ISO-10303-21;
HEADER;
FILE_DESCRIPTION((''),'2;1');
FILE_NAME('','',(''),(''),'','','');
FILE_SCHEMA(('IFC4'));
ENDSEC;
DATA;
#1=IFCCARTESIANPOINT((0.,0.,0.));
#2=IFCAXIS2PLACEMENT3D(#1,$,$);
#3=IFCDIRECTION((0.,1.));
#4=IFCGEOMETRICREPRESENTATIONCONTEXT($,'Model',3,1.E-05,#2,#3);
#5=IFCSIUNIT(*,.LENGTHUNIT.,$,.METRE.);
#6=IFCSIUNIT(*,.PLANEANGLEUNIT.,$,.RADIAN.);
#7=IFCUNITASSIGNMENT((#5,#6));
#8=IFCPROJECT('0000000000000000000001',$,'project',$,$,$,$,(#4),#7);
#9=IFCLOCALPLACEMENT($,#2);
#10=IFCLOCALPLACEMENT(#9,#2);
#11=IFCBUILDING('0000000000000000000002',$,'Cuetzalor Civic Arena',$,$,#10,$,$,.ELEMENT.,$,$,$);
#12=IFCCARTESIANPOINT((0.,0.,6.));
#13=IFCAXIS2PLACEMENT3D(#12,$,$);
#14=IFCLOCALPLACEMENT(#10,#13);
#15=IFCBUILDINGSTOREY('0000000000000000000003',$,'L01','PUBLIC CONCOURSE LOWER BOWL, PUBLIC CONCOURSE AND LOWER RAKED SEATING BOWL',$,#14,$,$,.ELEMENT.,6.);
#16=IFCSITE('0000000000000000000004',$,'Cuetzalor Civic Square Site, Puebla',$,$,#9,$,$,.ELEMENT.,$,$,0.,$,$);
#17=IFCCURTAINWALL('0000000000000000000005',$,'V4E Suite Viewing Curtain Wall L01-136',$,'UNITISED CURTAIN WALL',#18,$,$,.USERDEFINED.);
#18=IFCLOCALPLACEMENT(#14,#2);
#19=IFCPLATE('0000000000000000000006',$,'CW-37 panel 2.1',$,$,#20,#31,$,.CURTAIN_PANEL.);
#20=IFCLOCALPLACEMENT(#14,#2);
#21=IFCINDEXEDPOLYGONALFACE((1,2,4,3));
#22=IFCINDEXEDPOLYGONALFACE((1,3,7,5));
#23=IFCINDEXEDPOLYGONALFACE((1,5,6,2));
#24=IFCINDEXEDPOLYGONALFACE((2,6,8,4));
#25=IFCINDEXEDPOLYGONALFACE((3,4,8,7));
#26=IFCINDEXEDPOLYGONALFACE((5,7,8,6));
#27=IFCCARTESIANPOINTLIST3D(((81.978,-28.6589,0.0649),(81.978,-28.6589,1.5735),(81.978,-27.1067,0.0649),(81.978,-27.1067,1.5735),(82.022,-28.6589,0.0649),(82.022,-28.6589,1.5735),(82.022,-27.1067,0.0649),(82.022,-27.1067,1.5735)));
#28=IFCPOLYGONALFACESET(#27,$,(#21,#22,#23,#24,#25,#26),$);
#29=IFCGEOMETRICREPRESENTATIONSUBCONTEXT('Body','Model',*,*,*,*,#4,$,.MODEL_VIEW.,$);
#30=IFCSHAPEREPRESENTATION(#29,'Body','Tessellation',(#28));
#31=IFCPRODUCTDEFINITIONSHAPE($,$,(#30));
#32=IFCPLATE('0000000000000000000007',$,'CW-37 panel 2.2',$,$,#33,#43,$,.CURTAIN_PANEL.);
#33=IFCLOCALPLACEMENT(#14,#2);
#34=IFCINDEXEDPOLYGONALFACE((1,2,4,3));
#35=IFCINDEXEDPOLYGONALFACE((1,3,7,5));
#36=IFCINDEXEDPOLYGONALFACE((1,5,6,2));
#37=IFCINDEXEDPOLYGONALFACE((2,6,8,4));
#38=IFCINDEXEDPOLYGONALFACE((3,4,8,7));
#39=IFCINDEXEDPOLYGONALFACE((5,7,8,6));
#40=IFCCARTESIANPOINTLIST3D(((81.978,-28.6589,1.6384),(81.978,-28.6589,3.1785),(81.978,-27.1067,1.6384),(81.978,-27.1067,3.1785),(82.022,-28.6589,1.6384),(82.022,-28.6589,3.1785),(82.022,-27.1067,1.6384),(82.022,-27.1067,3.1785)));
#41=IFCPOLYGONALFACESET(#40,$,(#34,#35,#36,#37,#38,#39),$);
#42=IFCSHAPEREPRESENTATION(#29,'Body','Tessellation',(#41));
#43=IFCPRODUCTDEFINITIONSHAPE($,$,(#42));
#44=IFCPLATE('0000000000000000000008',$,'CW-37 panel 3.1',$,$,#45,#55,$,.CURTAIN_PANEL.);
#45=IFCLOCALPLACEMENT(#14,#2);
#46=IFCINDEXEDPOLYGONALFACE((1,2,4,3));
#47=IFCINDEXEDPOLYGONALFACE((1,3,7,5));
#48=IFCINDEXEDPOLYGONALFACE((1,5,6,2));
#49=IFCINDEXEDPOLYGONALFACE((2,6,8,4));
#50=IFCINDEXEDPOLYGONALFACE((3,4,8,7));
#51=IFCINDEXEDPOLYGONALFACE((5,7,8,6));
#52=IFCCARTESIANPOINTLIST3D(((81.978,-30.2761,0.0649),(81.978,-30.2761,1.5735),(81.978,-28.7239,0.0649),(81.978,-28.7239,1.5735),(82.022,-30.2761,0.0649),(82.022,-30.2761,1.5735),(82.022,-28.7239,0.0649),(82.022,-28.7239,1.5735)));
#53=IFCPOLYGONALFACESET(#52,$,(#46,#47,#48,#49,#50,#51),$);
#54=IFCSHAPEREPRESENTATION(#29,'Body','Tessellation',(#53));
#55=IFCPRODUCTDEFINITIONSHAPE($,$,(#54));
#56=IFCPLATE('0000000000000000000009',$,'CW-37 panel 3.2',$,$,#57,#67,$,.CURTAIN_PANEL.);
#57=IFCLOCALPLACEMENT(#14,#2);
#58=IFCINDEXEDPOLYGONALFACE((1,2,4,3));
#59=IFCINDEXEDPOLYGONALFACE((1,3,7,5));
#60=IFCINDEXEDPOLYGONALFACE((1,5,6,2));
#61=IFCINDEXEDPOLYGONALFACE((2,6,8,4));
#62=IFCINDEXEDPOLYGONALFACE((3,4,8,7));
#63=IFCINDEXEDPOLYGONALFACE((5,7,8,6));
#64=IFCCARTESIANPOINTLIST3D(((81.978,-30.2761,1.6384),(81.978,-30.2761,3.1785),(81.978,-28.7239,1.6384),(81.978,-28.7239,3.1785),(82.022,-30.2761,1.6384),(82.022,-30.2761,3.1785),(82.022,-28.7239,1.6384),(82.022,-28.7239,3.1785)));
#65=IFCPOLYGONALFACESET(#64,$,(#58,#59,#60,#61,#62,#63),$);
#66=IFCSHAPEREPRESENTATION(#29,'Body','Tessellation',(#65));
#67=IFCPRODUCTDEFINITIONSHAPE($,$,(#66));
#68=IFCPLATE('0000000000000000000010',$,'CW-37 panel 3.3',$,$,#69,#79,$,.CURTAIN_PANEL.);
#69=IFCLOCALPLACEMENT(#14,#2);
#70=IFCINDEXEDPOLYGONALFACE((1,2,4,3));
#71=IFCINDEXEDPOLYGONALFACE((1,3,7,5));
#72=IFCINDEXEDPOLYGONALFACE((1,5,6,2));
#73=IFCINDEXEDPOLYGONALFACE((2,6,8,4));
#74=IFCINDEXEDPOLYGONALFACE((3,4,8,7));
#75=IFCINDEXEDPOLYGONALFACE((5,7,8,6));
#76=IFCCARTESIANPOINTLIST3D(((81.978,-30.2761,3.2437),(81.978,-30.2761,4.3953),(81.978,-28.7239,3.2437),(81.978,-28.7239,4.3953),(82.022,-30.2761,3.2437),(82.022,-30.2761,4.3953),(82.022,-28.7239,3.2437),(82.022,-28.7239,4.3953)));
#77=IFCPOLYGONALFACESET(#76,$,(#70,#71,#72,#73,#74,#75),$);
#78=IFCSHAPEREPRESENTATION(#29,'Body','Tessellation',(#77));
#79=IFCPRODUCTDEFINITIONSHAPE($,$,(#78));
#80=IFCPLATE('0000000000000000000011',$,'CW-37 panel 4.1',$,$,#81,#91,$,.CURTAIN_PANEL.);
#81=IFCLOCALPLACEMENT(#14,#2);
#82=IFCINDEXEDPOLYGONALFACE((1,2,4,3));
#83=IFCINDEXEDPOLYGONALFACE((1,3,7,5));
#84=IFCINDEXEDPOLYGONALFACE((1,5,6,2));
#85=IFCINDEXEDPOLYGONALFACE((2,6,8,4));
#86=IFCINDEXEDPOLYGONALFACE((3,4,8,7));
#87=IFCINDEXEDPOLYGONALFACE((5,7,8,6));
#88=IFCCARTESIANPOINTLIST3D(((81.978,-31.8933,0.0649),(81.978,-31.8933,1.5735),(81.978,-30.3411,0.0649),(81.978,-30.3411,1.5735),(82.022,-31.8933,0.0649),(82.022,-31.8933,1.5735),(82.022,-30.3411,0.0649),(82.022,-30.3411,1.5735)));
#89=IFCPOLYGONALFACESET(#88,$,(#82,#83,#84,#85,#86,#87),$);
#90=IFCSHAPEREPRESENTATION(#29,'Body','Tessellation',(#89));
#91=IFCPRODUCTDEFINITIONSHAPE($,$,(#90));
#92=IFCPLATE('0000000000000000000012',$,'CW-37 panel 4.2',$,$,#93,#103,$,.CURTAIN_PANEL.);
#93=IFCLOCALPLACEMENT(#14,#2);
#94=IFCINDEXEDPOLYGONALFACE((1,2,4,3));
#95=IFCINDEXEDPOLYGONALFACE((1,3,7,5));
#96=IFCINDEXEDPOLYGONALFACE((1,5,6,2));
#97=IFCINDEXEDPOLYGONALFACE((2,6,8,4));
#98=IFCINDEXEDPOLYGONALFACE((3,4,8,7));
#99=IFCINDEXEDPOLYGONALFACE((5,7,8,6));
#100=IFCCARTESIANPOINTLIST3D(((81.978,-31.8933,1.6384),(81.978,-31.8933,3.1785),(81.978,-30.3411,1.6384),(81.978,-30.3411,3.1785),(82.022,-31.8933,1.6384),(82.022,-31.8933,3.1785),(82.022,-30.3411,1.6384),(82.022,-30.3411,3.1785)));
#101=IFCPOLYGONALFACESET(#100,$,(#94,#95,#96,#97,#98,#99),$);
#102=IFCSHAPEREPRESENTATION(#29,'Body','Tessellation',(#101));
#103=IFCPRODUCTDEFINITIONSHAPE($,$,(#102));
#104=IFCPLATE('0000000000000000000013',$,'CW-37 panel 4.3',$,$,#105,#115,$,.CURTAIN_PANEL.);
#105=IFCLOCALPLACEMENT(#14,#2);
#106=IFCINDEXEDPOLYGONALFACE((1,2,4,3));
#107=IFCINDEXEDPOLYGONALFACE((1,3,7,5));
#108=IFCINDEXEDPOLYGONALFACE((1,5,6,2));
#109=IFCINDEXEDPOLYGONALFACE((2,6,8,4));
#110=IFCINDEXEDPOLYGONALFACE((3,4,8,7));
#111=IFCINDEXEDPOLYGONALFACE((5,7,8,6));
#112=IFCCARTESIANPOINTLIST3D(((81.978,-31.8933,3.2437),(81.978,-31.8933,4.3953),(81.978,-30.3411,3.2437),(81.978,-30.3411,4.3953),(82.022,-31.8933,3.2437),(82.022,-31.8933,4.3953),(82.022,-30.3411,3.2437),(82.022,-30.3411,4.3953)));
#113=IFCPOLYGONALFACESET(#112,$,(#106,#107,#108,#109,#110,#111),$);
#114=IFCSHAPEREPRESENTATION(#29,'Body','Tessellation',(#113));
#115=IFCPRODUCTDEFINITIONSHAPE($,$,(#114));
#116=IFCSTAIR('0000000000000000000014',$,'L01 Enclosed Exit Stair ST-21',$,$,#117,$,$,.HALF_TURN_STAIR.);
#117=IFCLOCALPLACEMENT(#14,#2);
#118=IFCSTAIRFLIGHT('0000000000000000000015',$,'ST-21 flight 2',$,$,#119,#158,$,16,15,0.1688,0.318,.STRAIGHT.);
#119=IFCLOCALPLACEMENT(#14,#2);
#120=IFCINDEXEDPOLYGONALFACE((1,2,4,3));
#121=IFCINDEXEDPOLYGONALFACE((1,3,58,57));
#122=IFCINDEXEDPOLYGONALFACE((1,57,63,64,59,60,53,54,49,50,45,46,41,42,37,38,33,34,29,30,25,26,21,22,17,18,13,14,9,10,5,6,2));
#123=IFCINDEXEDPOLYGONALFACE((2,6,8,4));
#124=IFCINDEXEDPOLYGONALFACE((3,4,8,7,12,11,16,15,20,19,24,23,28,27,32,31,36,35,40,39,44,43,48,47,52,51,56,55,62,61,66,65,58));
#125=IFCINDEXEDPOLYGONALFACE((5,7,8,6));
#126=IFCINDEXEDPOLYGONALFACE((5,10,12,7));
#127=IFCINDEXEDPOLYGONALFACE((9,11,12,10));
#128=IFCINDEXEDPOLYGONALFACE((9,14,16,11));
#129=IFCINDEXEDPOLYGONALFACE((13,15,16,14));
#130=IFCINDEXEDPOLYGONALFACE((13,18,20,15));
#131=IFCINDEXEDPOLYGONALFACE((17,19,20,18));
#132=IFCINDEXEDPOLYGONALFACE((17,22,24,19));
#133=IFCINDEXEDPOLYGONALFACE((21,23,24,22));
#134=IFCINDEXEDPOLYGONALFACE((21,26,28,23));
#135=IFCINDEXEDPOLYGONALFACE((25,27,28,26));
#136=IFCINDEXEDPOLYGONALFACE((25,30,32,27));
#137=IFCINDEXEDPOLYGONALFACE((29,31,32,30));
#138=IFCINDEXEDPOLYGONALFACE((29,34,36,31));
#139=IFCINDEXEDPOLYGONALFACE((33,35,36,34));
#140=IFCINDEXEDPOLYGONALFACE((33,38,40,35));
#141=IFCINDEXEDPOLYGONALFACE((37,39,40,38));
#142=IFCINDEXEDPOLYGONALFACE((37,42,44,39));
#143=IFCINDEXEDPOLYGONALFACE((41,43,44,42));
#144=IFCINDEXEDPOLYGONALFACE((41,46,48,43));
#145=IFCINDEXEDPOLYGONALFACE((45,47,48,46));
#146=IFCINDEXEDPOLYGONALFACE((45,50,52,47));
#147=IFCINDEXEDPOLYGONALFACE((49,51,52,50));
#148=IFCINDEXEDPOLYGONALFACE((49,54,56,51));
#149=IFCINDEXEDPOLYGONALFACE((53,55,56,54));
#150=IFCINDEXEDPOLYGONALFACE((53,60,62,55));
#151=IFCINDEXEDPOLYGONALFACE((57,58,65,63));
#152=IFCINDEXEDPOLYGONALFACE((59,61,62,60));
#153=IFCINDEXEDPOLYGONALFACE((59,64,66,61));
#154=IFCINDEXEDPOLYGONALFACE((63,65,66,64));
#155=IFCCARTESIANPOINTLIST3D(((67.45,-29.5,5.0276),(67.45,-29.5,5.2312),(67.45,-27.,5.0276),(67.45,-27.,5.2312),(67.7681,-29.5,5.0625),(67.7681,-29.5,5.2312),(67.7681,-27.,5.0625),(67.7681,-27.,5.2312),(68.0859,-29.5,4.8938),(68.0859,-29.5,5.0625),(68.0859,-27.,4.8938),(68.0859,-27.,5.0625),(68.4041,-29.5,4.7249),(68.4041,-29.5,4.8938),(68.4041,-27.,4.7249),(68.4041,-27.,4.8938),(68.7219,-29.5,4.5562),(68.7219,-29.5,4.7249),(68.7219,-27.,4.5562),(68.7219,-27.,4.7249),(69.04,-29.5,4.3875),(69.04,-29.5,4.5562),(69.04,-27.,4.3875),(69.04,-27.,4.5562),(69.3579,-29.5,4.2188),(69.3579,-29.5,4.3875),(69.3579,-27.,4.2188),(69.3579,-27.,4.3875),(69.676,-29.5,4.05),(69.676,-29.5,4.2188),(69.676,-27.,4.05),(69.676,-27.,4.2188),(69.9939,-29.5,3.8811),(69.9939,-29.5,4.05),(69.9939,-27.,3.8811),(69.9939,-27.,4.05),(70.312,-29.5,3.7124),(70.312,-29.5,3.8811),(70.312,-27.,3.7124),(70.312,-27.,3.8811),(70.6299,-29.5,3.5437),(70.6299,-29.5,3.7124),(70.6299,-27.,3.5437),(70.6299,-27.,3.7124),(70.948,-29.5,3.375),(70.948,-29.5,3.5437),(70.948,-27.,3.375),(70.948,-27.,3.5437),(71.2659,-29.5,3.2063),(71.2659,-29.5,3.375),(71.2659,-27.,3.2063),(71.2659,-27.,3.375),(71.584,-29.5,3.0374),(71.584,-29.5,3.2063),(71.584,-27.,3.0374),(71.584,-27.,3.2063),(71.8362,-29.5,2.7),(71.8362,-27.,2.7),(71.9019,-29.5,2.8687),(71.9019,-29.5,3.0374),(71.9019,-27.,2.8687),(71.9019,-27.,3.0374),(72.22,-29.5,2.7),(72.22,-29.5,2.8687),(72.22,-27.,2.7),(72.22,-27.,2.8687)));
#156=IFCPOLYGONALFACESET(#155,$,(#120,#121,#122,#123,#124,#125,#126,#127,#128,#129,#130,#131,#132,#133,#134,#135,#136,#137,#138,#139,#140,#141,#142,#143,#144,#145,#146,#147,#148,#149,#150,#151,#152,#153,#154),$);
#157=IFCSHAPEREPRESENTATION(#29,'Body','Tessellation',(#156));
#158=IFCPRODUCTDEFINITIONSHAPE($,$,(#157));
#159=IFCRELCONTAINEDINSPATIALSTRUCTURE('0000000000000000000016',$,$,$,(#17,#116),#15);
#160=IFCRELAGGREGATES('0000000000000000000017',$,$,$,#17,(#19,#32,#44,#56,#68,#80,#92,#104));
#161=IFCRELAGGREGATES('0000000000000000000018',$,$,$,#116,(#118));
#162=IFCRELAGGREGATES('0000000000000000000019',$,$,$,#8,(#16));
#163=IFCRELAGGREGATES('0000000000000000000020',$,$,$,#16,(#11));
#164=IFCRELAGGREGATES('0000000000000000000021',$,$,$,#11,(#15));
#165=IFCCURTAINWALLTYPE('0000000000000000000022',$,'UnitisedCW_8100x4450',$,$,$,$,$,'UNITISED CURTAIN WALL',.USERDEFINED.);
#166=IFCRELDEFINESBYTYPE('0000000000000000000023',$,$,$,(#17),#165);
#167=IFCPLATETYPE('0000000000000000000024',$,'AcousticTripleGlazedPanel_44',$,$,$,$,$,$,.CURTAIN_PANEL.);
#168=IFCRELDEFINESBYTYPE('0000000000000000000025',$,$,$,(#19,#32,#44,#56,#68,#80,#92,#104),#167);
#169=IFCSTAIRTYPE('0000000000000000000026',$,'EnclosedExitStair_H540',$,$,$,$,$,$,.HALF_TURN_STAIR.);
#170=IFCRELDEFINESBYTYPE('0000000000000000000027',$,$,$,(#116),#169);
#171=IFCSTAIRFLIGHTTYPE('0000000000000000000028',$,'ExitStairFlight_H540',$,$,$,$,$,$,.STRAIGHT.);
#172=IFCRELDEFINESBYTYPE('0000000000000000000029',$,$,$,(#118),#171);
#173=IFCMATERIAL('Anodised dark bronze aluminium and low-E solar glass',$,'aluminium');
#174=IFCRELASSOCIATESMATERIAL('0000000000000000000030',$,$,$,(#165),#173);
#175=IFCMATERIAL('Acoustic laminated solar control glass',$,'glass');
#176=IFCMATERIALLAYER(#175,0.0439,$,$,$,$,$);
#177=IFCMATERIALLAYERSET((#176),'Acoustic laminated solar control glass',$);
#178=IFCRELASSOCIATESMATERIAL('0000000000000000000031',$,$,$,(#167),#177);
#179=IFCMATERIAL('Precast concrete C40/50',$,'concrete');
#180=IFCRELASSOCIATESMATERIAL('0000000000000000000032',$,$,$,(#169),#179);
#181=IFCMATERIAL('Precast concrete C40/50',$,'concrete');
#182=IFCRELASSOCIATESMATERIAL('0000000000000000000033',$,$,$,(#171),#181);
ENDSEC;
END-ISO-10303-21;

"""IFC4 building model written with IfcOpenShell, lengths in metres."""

from ifc_helpers import new_model, si_unit, direction, frame, origin, origin_2d, place, context, subcontext, project, spatial, polyline, rectangle, outline, extrude, material, layer, layer_set, type_object, element, aggregate, save


model = new_model("IFC4")

# Units and contexts
model_context = context("Model", 3, precision=1e-05, world=origin(), true_north=direction((0.0, 1.0)))
body_context = subcontext(model_context, "Body", "Model", "MODEL_VIEW")
ifc_project = project(units=[si_unit("LENGTHUNIT", "METRE"), si_unit("PLANEANGLEUNIT", "RADIAN")], contexts=[model_context])

# Site, building, storey
site_placement = place(None, origin())
site = spatial("IfcSite", under=ifc_project, at=site_placement, Name="Cuetzalor Civic Square Site, Puebla", CompositionType="ELEMENT", RefElevation=0.0)
building_placement = place(site_placement, origin())
building = spatial("IfcBuilding", under=site, at=building_placement, Name="Cuetzalor Civic Arena", CompositionType="ELEMENT")
storey_placement = place(building_placement, frame((0.0, 0.0, 6.0)))
storey = spatial("IfcBuildingStorey", under=building, at=storey_placement, Name="L01", Description="PUBLIC CONCOURSE LOWER BOWL, PUBLIC CONCOURSE AND LOWER RAKED SEATING BOWL", CompositionType="ELEMENT", Elevation=6.0)

# Curtain wall
ifc_material_1 = material(Name="Anodised dark bronze aluminium and low-E solar glass", Category="aluminium")
curtain_wall_type = type_object("IfcCurtainWallType", Name="UnitisedCW_8100x4450", ElementType="UNITISED CURTAIN WALL", PredefinedType="USERDEFINED", material=ifc_material_1)
curtain_wall_placement = place(storey_placement, origin())
curtain_wall = element("IfcCurtainWall", 1, at=curtain_wall_placement, inside=storey, type_object=curtain_wall_type, Name="V4E Suite Viewing Curtain Wall L01-136", ObjectType="UNITISED CURTAIN WALL", PredefinedType="USERDEFINED")

# Plates
ifc_material_2 = material(Name="Acoustic laminated solar control glass", Category="glass")
ifc_layer = layer(ifc_material_2, 0.0439)
ifc_layer_set = layer_set([ifc_layer], Name="Acoustic laminated solar control glass")
plate_type = type_object("IfcPlateType", Name="AcousticTripleGlazedPanel_44", PredefinedType="CURTAIN_PANEL", material=ifc_layer_set)
plate_1_placement = place(storey_placement, frame((82.0, -27.8828, 0.0649), z_axis=(0.0, 0.0, 1.0), x_axis=(0.0, -1.0, 0.0)))
plate_1 = element("IfcPlate", 2, at=plate_1_placement, type_object=plate_type, Name="CW-37 panel 2.1", PredefinedType="CURTAIN_PANEL", context=body_context, shape_type="SweptSolid", body=[
    extrude(rectangle(XDim=1.5522, YDim=0.0439, at=origin_2d()), origin(), (0.0, 0.0, 1.0), 1.5085),
])
plate_2_placement = place(storey_placement, frame((82.0, -27.8828, 1.6384), z_axis=(0.0, 0.0, 1.0), x_axis=(0.0, -1.0, 0.0)))
plate_2 = element("IfcPlate", 3, at=plate_2_placement, type_object=plate_type, Name="CW-37 panel 2.2", PredefinedType="CURTAIN_PANEL", context=body_context, shape_type="SweptSolid", body=[
    extrude(rectangle(XDim=1.5522, YDim=0.0439, at=origin_2d()), origin(), (0.0, 0.0, 1.0), 1.54),
])
plate_3_placement = place(storey_placement, frame((82.0, -29.5, 0.0649), z_axis=(0.0, 0.0, 1.0), x_axis=(0.0, -1.0, 0.0)))
plate_3 = element("IfcPlate", 4, at=plate_3_placement, type_object=plate_type, Name="CW-37 panel 3.1", PredefinedType="CURTAIN_PANEL", context=body_context, shape_type="SweptSolid", body=[
    extrude(rectangle(XDim=1.5522, YDim=0.0439, at=origin_2d()), origin(), (0.0, 0.0, 1.0), 1.5085),
])
plate_4_placement = place(storey_placement, frame((82.0, -29.5, 1.6384), z_axis=(0.0, 0.0, 1.0), x_axis=(0.0, -1.0, 0.0)))
plate_4 = element("IfcPlate", 5, at=plate_4_placement, type_object=plate_type, Name="CW-37 panel 3.2", PredefinedType="CURTAIN_PANEL", context=body_context, shape_type="SweptSolid", body=[
    extrude(rectangle(XDim=1.5522, YDim=0.0439, at=origin_2d()), origin(), (0.0, 0.0, 1.0), 1.54),
])
plate_5_placement = place(storey_placement, frame((82.0, -29.5, 3.2437), z_axis=(0.0, 0.0, 1.0), x_axis=(0.0, -1.0, 0.0)))
plate_5 = element("IfcPlate", 6, at=plate_5_placement, type_object=plate_type, Name="CW-37 panel 3.3", PredefinedType="CURTAIN_PANEL", context=body_context, shape_type="SweptSolid", body=[
    extrude(rectangle(XDim=1.5522, YDim=0.0439, at=origin_2d()), origin(), (0.0, 0.0, 1.0), 1.1516),
])
plate_6_placement = place(storey_placement, frame((82.0, -31.1172, 0.0649), z_axis=(0.0, 0.0, 1.0), x_axis=(0.0, -1.0, 0.0)))
plate_6 = element("IfcPlate", 7, at=plate_6_placement, type_object=plate_type, Name="CW-37 panel 4.1", PredefinedType="CURTAIN_PANEL", context=body_context, shape_type="SweptSolid", body=[
    extrude(rectangle(XDim=1.5522, YDim=0.0439, at=origin_2d()), origin(), (0.0, 0.0, 1.0), 1.5085),
])
plate_7_placement = place(storey_placement, frame((82.0, -31.1172, 1.6384), z_axis=(0.0, 0.0, 1.0), x_axis=(0.0, -1.0, 0.0)))
plate_7 = element("IfcPlate", 8, at=plate_7_placement, type_object=plate_type, Name="CW-37 panel 4.2", PredefinedType="CURTAIN_PANEL", context=body_context, shape_type="SweptSolid", body=[
    extrude(rectangle(XDim=1.5522, YDim=0.0439, at=origin_2d()), origin(), (0.0, 0.0, 1.0), 1.54),
])
plate_8_placement = place(storey_placement, frame((82.0, -31.1172, 3.2437), z_axis=(0.0, 0.0, 1.0), x_axis=(0.0, -1.0, 0.0)))
plate_8 = element("IfcPlate", 9, at=plate_8_placement, type_object=plate_type, Name="CW-37 panel 4.3", PredefinedType="CURTAIN_PANEL", context=body_context, shape_type="SweptSolid", body=[
    extrude(rectangle(XDim=1.5522, YDim=0.0439, at=origin_2d()), origin(), (0.0, 0.0, 1.0), 1.1516),
])
aggregate(curtain_wall, [plate_1, plate_2, plate_3, plate_4, plate_5, plate_6, plate_7, plate_8])

# Stair, stair flight
ifc_material_3 = material(Name="Precast concrete C40/50", Category="concrete")
stair_type = type_object("IfcStairType", Name="EnclosedExitStair_H540", PredefinedType="HALF_TURN_STAIR", material=ifc_material_3)
stair_placement = place(storey_placement, origin())
stair = element("IfcStair", 10, at=stair_placement, inside=storey, type_object=stair_type, Name="L01 Enclosed Exit Stair ST-21", PredefinedType="HALF_TURN_STAIR")
ifc_material_4 = material(Name="Precast concrete C40/50", Category="concrete")
stair_flight_type = type_object("IfcStairFlightType", Name="ExitStairFlight_H540", PredefinedType="STRAIGHT", material=ifc_material_4)
stair_flight_placement = place(storey_placement, frame((72.22, -28.25, 2.7), z_axis=(0.0, 0.0, 1.0), x_axis=(-1.0, 0.0, 0.0)))
stair_flight = element("IfcStairFlight", 11, at=stair_flight_placement, type_object=stair_flight_type, Name="ST-21 flight 2", NumberOfRisers=16, NumberOfTreads=15, PredefinedType="STRAIGHT", RiserHeight=0.1688, TreadLength=0.318, context=body_context, shape_type="SweptSolid", body=[
    extrude(outline(polyline([(0.0, 0.0), (0.0, 0.1687), (0.3181, 0.1687), (0.3181, 0.3374), (0.636, 0.3374), (0.636, 0.5063), (0.9541, 0.5063), (0.9541, 0.675), (1.272, 0.675), (1.272, 0.8438), (1.5901, 0.8438), (1.5901, 1.0125), (1.908, 1.0125), (1.908, 1.1812), (2.2261, 1.1812), (2.2261, 1.3501), (2.5439, 1.3501), (2.5439, 1.5188), (2.8621, 1.5188), (2.8621, 1.6875), (3.1799, 1.6875), (3.1799, 1.8562), (3.498, 1.8562), (3.498, 2.0249), (3.8159, 2.0249), (3.8159, 2.1938), (4.134, 2.1938), (4.134, 2.3625), (4.4519, 2.3625), (4.4519, 2.5312), (4.77, 2.5312), (4.77, 2.7), (4.77, 2.3276), (0.3838, 0.0), (0.0, 0.0)])), frame((0.0, 1.25, 0.0), z_axis=(0.0, -1.0, 0.0), x_axis=(1.0, 0.0, 0.0)), (0.0, 0.0, 1.0), 2.5),
])
aggregate(stair, [stair_flight])

save(model, "model.ifc")
